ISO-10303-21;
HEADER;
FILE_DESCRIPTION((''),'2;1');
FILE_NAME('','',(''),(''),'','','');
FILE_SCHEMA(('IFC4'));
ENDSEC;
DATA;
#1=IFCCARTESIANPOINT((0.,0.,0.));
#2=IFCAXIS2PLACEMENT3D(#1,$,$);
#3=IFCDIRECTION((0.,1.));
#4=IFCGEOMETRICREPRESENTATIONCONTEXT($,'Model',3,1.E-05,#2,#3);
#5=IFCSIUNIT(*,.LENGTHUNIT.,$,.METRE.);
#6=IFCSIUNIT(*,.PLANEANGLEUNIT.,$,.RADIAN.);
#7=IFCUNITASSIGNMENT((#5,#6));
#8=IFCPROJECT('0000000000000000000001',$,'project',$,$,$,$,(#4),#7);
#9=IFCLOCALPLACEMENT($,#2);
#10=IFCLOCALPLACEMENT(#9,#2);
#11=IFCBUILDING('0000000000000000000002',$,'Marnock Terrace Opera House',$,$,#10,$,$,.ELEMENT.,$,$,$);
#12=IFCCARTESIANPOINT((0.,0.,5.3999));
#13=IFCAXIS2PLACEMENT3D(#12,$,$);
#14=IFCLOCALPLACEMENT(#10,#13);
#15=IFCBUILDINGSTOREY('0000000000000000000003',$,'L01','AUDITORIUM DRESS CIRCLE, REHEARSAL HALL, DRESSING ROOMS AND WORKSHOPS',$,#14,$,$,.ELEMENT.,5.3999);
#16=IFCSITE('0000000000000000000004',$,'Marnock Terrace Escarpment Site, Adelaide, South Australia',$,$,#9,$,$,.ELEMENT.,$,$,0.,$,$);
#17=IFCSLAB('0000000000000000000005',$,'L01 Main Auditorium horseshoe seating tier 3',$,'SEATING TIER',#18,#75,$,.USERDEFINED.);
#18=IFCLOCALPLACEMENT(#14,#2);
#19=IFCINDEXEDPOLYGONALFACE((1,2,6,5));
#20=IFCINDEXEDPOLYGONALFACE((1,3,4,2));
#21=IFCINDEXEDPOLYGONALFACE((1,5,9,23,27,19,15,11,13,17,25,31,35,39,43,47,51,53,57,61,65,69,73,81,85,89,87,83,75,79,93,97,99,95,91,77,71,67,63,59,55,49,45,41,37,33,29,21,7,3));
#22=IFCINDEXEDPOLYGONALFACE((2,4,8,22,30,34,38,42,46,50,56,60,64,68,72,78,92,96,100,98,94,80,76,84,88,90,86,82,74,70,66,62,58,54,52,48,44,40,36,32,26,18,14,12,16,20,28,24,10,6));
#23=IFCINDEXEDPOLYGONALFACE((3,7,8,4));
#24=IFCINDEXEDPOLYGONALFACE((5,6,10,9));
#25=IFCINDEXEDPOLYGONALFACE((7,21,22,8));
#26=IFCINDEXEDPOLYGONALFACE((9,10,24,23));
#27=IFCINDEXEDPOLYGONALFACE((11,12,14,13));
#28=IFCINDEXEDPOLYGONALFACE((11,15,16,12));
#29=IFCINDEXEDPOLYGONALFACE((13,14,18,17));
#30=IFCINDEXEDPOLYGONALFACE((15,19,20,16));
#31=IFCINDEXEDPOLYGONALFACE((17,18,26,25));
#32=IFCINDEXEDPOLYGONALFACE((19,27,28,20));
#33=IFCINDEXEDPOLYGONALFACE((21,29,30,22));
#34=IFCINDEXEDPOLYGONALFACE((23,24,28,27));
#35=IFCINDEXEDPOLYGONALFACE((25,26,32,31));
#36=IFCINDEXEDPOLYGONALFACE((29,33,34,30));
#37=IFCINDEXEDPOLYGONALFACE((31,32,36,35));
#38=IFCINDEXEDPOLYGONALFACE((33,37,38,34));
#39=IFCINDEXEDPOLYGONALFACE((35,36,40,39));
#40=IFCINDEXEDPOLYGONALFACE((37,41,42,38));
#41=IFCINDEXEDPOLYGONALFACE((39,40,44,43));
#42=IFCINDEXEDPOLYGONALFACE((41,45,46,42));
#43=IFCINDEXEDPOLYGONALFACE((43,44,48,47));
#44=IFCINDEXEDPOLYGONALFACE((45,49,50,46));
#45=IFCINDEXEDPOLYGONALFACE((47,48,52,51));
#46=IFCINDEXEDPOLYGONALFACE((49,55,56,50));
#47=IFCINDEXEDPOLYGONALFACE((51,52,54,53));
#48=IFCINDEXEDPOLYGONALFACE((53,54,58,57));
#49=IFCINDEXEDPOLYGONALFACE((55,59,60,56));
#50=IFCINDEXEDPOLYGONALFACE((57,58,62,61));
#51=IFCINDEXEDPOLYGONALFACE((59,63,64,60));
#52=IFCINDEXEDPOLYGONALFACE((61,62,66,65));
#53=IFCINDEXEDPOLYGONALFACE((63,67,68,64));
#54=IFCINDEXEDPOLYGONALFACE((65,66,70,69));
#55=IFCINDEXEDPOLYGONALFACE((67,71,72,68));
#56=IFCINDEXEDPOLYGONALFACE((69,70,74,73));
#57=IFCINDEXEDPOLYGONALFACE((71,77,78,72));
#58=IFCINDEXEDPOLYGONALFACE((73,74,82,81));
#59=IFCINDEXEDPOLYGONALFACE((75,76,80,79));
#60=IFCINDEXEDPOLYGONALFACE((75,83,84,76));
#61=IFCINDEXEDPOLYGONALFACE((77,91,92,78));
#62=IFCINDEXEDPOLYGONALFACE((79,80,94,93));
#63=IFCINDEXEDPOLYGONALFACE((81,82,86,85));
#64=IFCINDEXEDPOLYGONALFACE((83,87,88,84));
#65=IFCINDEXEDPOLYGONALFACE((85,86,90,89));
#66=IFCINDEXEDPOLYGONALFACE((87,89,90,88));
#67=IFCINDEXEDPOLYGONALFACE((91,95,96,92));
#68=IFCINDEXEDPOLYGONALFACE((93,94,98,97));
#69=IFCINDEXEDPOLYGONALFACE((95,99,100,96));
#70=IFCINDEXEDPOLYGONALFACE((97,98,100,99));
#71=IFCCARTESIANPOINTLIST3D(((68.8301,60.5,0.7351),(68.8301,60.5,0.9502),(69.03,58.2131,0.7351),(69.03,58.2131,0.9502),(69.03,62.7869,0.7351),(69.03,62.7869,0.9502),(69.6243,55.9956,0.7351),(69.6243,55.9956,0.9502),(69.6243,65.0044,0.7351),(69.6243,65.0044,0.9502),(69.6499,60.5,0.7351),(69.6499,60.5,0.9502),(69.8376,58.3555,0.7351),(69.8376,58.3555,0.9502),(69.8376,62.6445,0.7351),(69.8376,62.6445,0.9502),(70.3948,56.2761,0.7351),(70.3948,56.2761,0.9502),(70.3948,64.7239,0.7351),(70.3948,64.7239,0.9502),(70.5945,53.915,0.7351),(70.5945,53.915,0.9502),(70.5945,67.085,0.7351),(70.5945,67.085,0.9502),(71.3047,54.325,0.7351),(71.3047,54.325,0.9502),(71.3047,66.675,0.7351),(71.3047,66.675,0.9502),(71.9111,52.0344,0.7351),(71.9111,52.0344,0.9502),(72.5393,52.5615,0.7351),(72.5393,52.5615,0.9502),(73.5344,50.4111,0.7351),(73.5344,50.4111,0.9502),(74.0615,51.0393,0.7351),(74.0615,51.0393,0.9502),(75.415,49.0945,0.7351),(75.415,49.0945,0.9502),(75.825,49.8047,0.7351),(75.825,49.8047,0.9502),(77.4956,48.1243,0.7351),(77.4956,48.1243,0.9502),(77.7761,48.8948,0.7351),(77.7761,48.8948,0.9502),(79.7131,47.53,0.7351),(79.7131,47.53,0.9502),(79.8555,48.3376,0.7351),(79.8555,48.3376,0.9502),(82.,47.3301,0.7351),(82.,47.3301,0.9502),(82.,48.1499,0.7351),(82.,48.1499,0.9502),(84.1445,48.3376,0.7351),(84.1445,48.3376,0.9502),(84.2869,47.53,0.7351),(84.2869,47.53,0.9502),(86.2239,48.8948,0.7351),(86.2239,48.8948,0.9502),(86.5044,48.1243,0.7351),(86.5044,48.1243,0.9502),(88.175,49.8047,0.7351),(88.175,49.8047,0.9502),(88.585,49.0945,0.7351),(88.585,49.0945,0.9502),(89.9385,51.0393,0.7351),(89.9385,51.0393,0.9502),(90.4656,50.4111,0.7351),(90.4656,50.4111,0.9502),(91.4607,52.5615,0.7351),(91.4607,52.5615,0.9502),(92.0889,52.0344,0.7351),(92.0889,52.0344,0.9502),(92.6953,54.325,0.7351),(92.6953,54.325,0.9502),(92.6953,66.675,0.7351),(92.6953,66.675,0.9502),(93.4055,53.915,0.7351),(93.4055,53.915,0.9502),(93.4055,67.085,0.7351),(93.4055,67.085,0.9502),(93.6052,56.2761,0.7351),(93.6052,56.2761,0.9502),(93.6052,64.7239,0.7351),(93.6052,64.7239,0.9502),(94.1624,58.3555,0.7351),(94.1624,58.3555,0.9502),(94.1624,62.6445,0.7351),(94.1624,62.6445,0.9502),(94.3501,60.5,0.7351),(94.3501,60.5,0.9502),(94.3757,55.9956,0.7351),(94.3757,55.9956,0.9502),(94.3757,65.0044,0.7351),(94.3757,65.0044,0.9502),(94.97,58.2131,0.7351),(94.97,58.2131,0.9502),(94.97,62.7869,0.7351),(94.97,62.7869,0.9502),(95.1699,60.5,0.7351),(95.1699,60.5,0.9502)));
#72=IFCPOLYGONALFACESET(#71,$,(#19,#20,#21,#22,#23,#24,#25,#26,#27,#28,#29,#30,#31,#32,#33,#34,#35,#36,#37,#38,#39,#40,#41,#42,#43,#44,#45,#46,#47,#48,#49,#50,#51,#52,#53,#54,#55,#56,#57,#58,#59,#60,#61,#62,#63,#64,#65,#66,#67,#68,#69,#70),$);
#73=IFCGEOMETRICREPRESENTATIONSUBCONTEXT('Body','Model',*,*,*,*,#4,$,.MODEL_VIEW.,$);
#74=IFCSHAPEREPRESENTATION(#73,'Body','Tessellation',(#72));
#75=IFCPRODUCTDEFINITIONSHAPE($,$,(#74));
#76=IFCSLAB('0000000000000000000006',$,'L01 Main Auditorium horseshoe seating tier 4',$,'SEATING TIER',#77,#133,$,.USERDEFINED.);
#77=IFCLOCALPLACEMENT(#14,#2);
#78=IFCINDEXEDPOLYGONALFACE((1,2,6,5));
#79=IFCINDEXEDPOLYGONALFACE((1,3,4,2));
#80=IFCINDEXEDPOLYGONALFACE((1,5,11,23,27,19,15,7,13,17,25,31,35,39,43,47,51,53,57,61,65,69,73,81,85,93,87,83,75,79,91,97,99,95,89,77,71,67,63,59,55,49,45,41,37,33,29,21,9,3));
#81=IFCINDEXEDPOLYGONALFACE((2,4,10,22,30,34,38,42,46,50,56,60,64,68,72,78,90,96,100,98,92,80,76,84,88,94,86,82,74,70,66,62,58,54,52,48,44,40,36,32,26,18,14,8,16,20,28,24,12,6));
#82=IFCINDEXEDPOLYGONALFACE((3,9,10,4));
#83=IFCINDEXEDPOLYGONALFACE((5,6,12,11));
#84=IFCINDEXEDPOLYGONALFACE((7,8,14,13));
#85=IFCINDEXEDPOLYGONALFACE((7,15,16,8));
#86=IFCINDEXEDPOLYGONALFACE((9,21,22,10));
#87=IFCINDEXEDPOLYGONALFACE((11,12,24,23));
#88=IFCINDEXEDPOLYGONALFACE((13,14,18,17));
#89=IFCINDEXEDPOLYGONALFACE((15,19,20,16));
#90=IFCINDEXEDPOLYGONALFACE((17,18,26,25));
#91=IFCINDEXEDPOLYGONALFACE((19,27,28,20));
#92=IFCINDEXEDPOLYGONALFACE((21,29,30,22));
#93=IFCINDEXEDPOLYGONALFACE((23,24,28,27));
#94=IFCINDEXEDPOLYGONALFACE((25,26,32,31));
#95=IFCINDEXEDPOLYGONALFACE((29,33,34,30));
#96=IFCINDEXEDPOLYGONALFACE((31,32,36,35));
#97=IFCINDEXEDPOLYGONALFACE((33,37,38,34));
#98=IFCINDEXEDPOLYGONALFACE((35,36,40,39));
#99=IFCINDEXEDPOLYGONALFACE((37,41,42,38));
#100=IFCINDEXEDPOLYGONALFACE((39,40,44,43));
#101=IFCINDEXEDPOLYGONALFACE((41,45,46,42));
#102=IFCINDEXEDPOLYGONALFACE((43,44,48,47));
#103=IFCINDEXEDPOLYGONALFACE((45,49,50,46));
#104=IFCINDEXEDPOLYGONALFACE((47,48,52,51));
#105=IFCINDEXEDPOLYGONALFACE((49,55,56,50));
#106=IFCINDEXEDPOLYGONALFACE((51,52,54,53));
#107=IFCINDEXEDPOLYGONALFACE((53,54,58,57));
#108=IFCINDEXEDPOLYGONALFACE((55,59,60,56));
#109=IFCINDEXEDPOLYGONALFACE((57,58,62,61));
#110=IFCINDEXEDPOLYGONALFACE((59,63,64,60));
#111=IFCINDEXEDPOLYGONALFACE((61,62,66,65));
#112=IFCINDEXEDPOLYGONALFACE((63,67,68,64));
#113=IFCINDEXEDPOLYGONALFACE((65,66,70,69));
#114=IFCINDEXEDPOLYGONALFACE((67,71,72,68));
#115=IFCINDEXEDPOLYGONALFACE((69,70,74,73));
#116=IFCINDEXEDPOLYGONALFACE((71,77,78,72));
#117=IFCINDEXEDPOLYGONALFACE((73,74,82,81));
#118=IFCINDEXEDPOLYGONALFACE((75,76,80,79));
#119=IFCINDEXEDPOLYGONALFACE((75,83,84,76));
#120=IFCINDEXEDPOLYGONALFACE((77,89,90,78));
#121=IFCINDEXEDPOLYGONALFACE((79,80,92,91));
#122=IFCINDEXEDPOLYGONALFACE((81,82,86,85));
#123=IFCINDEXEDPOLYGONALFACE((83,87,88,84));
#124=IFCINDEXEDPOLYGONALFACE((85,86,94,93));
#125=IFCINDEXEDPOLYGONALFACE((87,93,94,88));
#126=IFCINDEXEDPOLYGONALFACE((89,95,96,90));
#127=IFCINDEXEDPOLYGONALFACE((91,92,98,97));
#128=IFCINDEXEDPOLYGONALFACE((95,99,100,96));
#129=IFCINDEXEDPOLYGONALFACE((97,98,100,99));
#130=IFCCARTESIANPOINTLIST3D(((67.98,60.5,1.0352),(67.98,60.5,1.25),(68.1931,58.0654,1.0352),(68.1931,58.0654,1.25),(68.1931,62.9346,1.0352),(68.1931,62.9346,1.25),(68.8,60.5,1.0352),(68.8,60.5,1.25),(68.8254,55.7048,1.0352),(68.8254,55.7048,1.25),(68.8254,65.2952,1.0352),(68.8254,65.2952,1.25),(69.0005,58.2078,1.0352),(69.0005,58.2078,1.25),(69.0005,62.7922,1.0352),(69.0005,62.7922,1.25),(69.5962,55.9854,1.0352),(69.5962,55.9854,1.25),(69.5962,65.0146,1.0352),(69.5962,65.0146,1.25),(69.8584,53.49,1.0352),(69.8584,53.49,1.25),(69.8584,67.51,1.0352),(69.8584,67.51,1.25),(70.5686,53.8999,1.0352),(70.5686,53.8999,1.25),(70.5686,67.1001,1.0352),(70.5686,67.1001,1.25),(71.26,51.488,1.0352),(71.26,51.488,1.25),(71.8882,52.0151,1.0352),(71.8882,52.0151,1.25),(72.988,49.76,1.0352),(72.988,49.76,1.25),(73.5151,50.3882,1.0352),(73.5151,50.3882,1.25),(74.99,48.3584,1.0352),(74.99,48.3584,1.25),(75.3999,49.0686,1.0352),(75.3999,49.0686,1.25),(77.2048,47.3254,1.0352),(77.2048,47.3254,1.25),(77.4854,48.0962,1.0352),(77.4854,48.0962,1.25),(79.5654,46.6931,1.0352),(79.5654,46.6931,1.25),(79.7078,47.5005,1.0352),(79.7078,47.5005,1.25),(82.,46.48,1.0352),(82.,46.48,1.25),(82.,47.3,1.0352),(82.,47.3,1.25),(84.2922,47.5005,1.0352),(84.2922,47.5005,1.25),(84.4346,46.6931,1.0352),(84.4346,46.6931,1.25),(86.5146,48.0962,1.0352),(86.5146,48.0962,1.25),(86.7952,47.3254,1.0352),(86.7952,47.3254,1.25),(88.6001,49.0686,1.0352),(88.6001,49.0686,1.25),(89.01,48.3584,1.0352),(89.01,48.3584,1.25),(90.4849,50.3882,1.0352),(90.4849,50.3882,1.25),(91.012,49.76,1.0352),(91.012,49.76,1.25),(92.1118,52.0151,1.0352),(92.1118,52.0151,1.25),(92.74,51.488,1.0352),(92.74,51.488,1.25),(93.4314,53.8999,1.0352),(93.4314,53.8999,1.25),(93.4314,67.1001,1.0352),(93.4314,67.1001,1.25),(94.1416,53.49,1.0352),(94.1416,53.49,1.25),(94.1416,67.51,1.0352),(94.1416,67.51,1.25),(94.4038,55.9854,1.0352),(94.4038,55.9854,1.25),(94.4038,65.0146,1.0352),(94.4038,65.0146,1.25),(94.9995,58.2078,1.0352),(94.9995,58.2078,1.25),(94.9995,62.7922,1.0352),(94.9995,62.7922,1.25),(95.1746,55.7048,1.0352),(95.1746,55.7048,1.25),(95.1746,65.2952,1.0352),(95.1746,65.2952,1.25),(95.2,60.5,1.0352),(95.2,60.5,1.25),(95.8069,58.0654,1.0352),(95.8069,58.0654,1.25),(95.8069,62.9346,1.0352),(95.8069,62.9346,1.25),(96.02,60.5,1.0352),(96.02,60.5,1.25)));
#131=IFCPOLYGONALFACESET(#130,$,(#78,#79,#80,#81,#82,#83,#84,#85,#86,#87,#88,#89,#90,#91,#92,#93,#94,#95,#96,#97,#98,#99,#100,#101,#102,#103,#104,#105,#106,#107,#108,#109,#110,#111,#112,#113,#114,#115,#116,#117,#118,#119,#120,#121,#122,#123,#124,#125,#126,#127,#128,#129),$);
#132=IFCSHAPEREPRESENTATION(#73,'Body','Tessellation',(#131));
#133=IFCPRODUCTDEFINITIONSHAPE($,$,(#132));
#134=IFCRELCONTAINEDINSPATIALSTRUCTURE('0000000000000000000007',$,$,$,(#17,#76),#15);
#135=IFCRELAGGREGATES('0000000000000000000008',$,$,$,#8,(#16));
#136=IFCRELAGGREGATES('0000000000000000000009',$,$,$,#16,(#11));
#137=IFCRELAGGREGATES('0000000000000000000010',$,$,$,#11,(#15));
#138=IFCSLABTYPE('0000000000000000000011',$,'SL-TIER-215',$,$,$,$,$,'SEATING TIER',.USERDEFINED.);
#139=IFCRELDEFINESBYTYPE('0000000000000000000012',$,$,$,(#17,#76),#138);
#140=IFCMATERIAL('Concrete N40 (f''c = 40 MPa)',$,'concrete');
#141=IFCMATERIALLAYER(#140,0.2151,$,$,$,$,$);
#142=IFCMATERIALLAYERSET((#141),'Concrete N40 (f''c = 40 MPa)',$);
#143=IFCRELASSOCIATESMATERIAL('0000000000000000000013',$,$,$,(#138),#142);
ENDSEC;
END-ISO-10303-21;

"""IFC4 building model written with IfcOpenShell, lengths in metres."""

from ifc_helpers import new_model, si_unit, direction, frame, origin, place, context, subcontext, project, spatial, polyline, outline, extrude, material, layer, layer_set, type_object, element, save


model = new_model("IFC4")

# Units and contexts
model_context = context("Model", 3, precision=1e-05, world=origin(), true_north=direction((0.0, 1.0)))
body_context = subcontext(model_context, "Body", "Model", "MODEL_VIEW")
ifc_project = project(units=[si_unit("LENGTHUNIT", "METRE"), si_unit("PLANEANGLEUNIT", "RADIAN")], contexts=[model_context])

# Site, building, storey
site_placement = place(None, origin())
site = spatial("IfcSite", under=ifc_project, at=site_placement, Name="Marnock Terrace Escarpment Site, Adelaide, South Australia", CompositionType="ELEMENT", RefElevation=0.0)
building_placement = place(site_placement, origin())
building = spatial("IfcBuilding", under=site, at=building_placement, Name="Marnock Terrace Opera House", CompositionType="ELEMENT")
storey_placement = place(building_placement, frame((0.0, 0.0, 5.3999)))
storey = spatial("IfcBuildingStorey", under=building, at=storey_placement, Name="L01", Description="AUDITORIUM DRESS CIRCLE, REHEARSAL HALL, DRESSING ROOMS AND WORKSHOPS", CompositionType="ELEMENT", Elevation=5.3999)

# Shared definitions
ifc_material_1 = material(Name="Concrete N40 (f'c = 40 MPa)", Category="concrete")

# Slabs
ifc_layer_1 = layer(ifc_material_1, 0.2151)
ifc_layer_set_1 = layer_set([ifc_layer_1], Name="Concrete N40 (f'c = 40 MPa)")
slab_type_1 = type_object("IfcSlabType", Name="SL-TIER-215", ElementType="SEATING TIER", PredefinedType="USERDEFINED", material=ifc_layer_set_1)
slab_1_placement = place(storey_placement, frame((0.0, 0.0, 0.7351)))
element("IfcSlab", 1, at=slab_1_placement, inside=storey, type_object=slab_type_1, Name="L01 Main Auditorium horseshoe seating tier 3", ObjectType="SEATING TIER", PredefinedType="USERDEFINED", context=body_context, shape_type="SweptSolid", body=[
    extrude(outline(polyline([(70.5945, 67.085), (69.6243, 65.0044), (69.03, 62.7869), (68.8301, 60.5), (69.03, 58.2131), (69.6243, 55.9956), (70.5945, 53.915), (71.9111, 52.0344), (73.5344, 50.4111), (75.415, 49.0945), (77.4956, 48.1243), (79.7131, 47.53), (82.0, 47.3301), (84.2869, 47.53), (86.5044, 48.1243), (88.585, 49.0945), (90.4656, 50.4111), (92.0889, 52.0344), (93.4055, 53.915), (94.3757, 55.9956), (94.97, 58.2131), (95.1699, 60.5), (94.97, 62.7869), (94.3757, 65.0044), (93.4055, 67.085), (92.6953, 66.675), (93.6052, 64.7239), (94.1624, 62.6445), (94.3501, 60.5), (94.1624, 58.3555), (93.6052, 56.2761), (92.6953, 54.325), (91.4607, 52.5615), (89.9385, 51.0393), (88.175, 49.8047), (86.2239, 48.8948), (84.1445, 48.3376), (82.0, 48.1499), (79.8555, 48.3376), (77.7761, 48.8948), (75.825, 49.8047), (74.0615, 51.0393), (72.5393, 52.5615), (71.3047, 54.325), (70.3948, 56.2761), (69.8376, 58.3555), (69.6499, 60.5), (69.8376, 62.6445), (70.3948, 64.7239), (71.3047, 66.675), (70.5945, 67.085)])), origin(), (0.0, 0.0, 1.0), 0.2151),
])
slab_2_placement = place(storey_placement, frame((0.0, 0.0, 1.0352)))
element("IfcSlab", 2, at=slab_2_placement, inside=storey, type_object=slab_type_1, Name="L01 Main Auditorium horseshoe seating tier 4", ObjectType="SEATING TIER", PredefinedType="USERDEFINED", context=body_context, shape_type="SweptSolid", body=[
    extrude(outline(polyline([(69.8584, 67.51), (68.8254, 65.2952), (68.1931, 62.9346), (67.98, 60.5), (68.1931, 58.0654), (68.8254, 55.7048), (69.8584, 53.49), (71.26, 51.488), (72.988, 49.76), (74.99, 48.3584), (77.2048, 47.3254), (79.5654, 46.6931), (82.0, 46.48), (84.4346, 46.6931), (86.7952, 47.3254), (89.01, 48.3584), (91.012, 49.76), (92.74, 51.488), (94.1416, 53.49), (95.1746, 55.7048), (95.8069, 58.0654), (96.02, 60.5), (95.8069, 62.9346), (95.1746, 65.2952), (94.1416, 67.51), (93.4314, 67.1001), (94.4038, 65.0146), (94.9995, 62.7922), (95.2, 60.5), (94.9995, 58.2078), (94.4038, 55.9854), (93.4314, 53.8999), (92.1118, 52.0151), (90.4849, 50.3882), (88.6001, 49.0686), (86.5146, 48.0962), (84.2922, 47.5005), (82.0, 47.3), (79.7078, 47.5005), (77.4854, 48.0962), (75.3999, 49.0686), (73.5151, 50.3882), (71.8882, 52.0151), (70.5686, 53.8999), (69.5962, 55.9854), (69.0005, 58.2078), (68.8, 60.5), (69.0005, 62.7922), (69.5962, 65.0146), (70.5686, 67.1001), (69.8584, 67.51)])), origin(), (0.0, 0.0, 1.0), 0.2148),
])

save(model, "model.ifc")
